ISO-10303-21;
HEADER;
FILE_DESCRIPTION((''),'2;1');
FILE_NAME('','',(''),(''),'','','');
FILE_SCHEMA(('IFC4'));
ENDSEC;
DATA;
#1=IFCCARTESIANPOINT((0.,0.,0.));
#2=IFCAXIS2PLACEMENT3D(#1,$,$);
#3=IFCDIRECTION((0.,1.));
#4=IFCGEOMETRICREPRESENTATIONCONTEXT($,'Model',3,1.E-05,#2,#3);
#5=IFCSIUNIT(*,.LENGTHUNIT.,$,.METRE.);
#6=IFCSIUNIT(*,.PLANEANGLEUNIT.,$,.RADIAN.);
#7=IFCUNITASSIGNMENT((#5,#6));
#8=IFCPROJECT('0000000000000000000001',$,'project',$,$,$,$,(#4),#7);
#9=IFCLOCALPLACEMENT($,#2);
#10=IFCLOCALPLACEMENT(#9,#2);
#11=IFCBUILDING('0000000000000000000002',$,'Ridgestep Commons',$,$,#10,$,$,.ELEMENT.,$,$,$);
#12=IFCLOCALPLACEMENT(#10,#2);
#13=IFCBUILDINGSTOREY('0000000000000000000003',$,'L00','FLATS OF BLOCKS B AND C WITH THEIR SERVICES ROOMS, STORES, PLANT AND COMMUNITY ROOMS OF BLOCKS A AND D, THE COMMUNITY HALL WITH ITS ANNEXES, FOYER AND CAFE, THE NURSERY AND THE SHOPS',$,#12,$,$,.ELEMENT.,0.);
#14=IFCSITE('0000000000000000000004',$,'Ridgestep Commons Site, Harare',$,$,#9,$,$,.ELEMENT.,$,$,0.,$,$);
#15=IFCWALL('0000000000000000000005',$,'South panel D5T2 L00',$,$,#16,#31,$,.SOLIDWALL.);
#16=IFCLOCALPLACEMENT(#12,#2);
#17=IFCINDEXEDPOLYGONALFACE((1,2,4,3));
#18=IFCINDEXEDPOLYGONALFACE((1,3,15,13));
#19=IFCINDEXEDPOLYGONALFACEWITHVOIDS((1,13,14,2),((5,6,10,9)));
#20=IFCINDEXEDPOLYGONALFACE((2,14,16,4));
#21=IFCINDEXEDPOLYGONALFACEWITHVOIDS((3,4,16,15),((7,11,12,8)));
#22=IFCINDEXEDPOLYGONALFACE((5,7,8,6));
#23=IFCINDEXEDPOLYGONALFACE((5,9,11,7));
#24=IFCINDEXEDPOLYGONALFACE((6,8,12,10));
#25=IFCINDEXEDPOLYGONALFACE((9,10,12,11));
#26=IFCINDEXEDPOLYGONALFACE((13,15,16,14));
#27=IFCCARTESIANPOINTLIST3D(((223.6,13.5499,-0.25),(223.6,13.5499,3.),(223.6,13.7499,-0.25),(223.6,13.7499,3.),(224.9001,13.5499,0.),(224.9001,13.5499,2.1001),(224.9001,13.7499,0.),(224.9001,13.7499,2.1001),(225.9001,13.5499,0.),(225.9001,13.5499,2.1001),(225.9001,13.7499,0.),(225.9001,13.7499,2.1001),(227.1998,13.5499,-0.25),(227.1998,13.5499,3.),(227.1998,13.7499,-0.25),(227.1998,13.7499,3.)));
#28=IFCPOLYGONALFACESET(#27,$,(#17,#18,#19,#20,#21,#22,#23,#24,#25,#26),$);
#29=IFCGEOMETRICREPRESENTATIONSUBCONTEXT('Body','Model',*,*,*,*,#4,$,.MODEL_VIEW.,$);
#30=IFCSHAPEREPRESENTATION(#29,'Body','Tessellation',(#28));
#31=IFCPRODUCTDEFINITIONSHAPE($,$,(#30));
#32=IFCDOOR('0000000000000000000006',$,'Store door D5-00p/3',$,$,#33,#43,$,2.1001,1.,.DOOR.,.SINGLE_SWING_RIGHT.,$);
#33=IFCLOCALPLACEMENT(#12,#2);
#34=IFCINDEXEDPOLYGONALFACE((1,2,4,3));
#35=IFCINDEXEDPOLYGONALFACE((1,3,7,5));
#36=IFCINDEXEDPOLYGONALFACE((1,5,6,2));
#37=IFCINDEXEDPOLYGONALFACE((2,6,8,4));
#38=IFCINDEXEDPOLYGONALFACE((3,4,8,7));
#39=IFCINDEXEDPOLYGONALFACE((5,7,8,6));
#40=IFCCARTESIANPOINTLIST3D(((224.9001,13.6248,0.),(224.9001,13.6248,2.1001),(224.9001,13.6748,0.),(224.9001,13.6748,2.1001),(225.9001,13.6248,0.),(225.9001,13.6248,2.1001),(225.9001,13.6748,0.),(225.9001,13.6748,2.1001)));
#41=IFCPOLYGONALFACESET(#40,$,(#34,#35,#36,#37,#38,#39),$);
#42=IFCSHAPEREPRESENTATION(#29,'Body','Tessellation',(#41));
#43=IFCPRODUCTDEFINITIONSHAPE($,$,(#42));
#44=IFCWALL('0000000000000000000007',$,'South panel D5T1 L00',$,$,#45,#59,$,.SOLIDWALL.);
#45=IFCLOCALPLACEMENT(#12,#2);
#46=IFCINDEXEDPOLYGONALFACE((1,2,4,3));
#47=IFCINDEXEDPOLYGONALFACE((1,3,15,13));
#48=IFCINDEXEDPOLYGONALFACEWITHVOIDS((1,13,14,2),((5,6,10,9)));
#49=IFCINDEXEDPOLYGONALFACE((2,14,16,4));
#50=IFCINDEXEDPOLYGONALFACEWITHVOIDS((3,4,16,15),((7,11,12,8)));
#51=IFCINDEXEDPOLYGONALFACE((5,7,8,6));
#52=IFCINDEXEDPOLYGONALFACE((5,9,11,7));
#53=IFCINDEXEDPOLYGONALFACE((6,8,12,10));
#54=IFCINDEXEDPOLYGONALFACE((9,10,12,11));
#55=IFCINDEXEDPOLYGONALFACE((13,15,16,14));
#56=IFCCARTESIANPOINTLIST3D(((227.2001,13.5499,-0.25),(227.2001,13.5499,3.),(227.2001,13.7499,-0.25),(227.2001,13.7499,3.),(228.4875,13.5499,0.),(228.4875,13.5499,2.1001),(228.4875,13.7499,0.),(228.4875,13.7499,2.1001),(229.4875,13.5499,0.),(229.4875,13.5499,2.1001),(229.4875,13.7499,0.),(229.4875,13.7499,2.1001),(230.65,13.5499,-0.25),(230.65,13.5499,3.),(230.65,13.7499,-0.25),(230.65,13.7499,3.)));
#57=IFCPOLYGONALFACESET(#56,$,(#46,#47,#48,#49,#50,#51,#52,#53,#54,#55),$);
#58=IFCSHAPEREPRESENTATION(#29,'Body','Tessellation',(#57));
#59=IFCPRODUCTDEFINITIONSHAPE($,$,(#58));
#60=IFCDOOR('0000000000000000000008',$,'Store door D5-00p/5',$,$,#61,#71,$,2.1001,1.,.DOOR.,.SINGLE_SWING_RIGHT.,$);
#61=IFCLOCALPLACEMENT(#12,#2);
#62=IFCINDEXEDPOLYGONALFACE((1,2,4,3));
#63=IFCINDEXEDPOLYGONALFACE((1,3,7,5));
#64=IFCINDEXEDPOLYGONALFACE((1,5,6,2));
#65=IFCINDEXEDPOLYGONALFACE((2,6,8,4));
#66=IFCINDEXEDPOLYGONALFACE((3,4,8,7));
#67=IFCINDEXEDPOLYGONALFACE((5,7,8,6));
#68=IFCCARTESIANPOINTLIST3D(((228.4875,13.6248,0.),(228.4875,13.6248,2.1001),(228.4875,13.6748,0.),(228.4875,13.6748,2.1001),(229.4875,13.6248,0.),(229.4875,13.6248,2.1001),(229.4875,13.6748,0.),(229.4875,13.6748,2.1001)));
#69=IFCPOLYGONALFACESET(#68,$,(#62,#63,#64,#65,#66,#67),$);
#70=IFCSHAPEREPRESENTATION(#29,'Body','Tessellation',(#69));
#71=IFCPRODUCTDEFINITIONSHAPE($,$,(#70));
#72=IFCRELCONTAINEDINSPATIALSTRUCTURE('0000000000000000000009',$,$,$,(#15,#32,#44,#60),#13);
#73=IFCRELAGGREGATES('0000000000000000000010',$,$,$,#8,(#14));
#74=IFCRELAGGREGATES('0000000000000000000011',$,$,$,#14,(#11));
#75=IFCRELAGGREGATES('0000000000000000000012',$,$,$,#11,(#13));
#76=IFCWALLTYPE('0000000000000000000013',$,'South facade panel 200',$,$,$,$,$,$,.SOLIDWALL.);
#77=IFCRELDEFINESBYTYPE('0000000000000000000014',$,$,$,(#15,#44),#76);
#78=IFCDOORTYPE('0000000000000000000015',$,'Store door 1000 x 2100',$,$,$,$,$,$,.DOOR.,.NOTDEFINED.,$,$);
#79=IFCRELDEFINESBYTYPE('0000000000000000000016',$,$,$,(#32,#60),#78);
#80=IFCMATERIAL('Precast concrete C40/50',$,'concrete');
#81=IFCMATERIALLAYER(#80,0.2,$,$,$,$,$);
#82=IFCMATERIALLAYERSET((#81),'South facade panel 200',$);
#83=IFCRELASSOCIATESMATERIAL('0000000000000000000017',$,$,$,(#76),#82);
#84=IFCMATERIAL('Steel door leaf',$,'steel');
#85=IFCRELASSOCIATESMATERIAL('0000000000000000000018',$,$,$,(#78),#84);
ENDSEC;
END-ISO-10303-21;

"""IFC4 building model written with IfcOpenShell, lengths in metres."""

from ifc_helpers import new_model, si_unit, direction, frame, frame_2d, origin, place, context, subcontext, project, spatial, rectangle, extrude, material, layer, layer_set, type_object, element, fill, save


model = new_model("IFC4")

# Units and contexts
model_context = context("Model", 3, precision=1e-05, world=origin(), true_north=direction((0.0, 1.0)))
body_context = subcontext(model_context, "Body", "Model", "MODEL_VIEW")
ifc_project = project(units=[si_unit("LENGTHUNIT", "METRE"), si_unit("PLANEANGLEUNIT", "RADIAN")], contexts=[model_context])

# Site, building, storey
site_placement = place(None, origin())
site = spatial("IfcSite", under=ifc_project, at=site_placement, Name="Ridgestep Commons Site, Harare", CompositionType="ELEMENT", RefElevation=0.0)
building_placement = place(site_placement, origin())
building = spatial("IfcBuilding", under=site, at=building_placement, Name="Ridgestep Commons", CompositionType="ELEMENT")
storey_placement = place(building_placement, origin())
storey = spatial("IfcBuildingStorey", under=building, at=storey_placement, Name="L00", Description="FLATS OF BLOCKS B AND C WITH THEIR SERVICES ROOMS, STORES, PLANT AND COMMUNITY ROOMS OF BLOCKS A AND D, THE COMMUNITY HALL WITH ITS ANNEXES, FOYER AND CAFE, THE NURSERY AND THE SHOPS", CompositionType="ELEMENT", Elevation=0.0)

# Walls, openings, doors
ifc_material_1 = material(Name="Precast concrete C40/50", Category="concrete")
ifc_layer_1 = layer(ifc_material_1, 0.2)
ifc_layer_set_1 = layer_set([ifc_layer_1], Name="South facade panel 200")
wall_type_1 = type_object("IfcWallType", Name="South facade panel 200", PredefinedType="SOLIDWALL", material=ifc_layer_set_1)
ifc_material_2 = material(Name="Steel door leaf", Category="steel")
door_type_1 = type_object("IfcDoorType", Name="Store door 1000 x 2100", OperationType="NOTDEFINED", PredefinedType="DOOR", material=ifc_material_2)
wall_1_placement = place(storey_placement, frame((223.6001, 13.6499, -0.25), z_axis=(0.0, 0.0, 1.0), x_axis=(1.0, 0.0, 0.0)))
wall_1 = element("IfcWall", 1, at=wall_1_placement, inside=storey, type_object=wall_type_1, Name="South panel D5T2 L00", PredefinedType="SOLIDWALL", context=body_context, shape_type="SweptSolid", body=[
    extrude(rectangle(XDim=3.5999, YDim=0.2, at=frame_2d((1.7998, 0.0))), origin(), (0.0, 0.0, 1.0), 3.25),
])
opening_1_placement = place(wall_1_placement, frame((1.3, 0.0, 0.25)))
opening_1 = element("IfcOpeningElement", 2, at=opening_1_placement, cuts=wall_1, PredefinedType="OPENING", context=body_context, shape_type="SweptSolid", body=[
    extrude(rectangle(XDim=1.0, YDim=2.1001, at=frame_2d((0.5, 1.05))), frame((0.0, 0.1099, 0.0), z_axis=(0.0, -1.0, 0.0), x_axis=(1.0, 0.0, 0.0)), (0.0, 0.0, 1.0), 0.22),
])
door_1_placement = place(opening_1_placement, origin())
door_1 = element("IfcDoor", 3, at=door_1_placement, inside=storey, type_object=door_type_1, Name="Store door D5-00p/3", OperationType="SINGLE_SWING_RIGHT", OverallHeight=2.1001, OverallWidth=1.0, PredefinedType="DOOR", context=body_context, shape_type="SweptSolid", body=[
    extrude(rectangle(XDim=1.0, YDim=2.1001, at=frame_2d((0.5, 1.05))), frame((0.0, 0.0249, 0.0), z_axis=(0.0, -1.0, 0.0), x_axis=(1.0, 0.0, 0.0)), (0.0, 0.0, 1.0), 0.05),
])
fill(opening_1, door_1)
wall_2_placement = place(storey_placement, frame((227.2, 13.6499, -0.25), z_axis=(0.0, 0.0, 1.0), x_axis=(1.0, 0.0, 0.0)))
wall_2 = element("IfcWall", 4, at=wall_2_placement, inside=storey, type_object=wall_type_1, Name="South panel D5T1 L00", PredefinedType="SOLIDWALL", context=body_context, shape_type="SweptSolid", body=[
    extrude(rectangle(XDim=3.45, YDim=0.2, at=frame_2d((1.7251, 0.0))), origin(), (0.0, 0.0, 1.0), 3.25),
])
opening_2_placement = place(wall_2_placement, frame((1.2876, 0.0, 0.25)))
opening_2 = element("IfcOpeningElement", 5, at=opening_2_placement, cuts=wall_2, PredefinedType="OPENING", context=body_context, shape_type="SweptSolid", body=[
    extrude(rectangle(XDim=1.0, YDim=2.1001, at=frame_2d((0.5, 1.05))), frame((0.0, 0.1099, 0.0), z_axis=(0.0, -1.0, 0.0), x_axis=(1.0, 0.0, 0.0)), (0.0, 0.0, 1.0), 0.22),
])
door_2_placement = place(opening_2_placement, origin())
door_2 = element("IfcDoor", 6, at=door_2_placement, inside=storey, type_object=door_type_1, Name="Store door D5-00p/5", OperationType="SINGLE_SWING_RIGHT", OverallHeight=2.1001, OverallWidth=1.0, PredefinedType="DOOR", context=body_context, shape_type="SweptSolid", body=[
    extrude(rectangle(XDim=1.0, YDim=2.1001, at=frame_2d((0.5, 1.05))), frame((0.0, 0.0249, 0.0), z_axis=(0.0, -1.0, 0.0), x_axis=(1.0, 0.0, 0.0)), (0.0, 0.0, 1.0), 0.05),
])
fill(opening_2, door_2)

save(model, "model.ifc")
